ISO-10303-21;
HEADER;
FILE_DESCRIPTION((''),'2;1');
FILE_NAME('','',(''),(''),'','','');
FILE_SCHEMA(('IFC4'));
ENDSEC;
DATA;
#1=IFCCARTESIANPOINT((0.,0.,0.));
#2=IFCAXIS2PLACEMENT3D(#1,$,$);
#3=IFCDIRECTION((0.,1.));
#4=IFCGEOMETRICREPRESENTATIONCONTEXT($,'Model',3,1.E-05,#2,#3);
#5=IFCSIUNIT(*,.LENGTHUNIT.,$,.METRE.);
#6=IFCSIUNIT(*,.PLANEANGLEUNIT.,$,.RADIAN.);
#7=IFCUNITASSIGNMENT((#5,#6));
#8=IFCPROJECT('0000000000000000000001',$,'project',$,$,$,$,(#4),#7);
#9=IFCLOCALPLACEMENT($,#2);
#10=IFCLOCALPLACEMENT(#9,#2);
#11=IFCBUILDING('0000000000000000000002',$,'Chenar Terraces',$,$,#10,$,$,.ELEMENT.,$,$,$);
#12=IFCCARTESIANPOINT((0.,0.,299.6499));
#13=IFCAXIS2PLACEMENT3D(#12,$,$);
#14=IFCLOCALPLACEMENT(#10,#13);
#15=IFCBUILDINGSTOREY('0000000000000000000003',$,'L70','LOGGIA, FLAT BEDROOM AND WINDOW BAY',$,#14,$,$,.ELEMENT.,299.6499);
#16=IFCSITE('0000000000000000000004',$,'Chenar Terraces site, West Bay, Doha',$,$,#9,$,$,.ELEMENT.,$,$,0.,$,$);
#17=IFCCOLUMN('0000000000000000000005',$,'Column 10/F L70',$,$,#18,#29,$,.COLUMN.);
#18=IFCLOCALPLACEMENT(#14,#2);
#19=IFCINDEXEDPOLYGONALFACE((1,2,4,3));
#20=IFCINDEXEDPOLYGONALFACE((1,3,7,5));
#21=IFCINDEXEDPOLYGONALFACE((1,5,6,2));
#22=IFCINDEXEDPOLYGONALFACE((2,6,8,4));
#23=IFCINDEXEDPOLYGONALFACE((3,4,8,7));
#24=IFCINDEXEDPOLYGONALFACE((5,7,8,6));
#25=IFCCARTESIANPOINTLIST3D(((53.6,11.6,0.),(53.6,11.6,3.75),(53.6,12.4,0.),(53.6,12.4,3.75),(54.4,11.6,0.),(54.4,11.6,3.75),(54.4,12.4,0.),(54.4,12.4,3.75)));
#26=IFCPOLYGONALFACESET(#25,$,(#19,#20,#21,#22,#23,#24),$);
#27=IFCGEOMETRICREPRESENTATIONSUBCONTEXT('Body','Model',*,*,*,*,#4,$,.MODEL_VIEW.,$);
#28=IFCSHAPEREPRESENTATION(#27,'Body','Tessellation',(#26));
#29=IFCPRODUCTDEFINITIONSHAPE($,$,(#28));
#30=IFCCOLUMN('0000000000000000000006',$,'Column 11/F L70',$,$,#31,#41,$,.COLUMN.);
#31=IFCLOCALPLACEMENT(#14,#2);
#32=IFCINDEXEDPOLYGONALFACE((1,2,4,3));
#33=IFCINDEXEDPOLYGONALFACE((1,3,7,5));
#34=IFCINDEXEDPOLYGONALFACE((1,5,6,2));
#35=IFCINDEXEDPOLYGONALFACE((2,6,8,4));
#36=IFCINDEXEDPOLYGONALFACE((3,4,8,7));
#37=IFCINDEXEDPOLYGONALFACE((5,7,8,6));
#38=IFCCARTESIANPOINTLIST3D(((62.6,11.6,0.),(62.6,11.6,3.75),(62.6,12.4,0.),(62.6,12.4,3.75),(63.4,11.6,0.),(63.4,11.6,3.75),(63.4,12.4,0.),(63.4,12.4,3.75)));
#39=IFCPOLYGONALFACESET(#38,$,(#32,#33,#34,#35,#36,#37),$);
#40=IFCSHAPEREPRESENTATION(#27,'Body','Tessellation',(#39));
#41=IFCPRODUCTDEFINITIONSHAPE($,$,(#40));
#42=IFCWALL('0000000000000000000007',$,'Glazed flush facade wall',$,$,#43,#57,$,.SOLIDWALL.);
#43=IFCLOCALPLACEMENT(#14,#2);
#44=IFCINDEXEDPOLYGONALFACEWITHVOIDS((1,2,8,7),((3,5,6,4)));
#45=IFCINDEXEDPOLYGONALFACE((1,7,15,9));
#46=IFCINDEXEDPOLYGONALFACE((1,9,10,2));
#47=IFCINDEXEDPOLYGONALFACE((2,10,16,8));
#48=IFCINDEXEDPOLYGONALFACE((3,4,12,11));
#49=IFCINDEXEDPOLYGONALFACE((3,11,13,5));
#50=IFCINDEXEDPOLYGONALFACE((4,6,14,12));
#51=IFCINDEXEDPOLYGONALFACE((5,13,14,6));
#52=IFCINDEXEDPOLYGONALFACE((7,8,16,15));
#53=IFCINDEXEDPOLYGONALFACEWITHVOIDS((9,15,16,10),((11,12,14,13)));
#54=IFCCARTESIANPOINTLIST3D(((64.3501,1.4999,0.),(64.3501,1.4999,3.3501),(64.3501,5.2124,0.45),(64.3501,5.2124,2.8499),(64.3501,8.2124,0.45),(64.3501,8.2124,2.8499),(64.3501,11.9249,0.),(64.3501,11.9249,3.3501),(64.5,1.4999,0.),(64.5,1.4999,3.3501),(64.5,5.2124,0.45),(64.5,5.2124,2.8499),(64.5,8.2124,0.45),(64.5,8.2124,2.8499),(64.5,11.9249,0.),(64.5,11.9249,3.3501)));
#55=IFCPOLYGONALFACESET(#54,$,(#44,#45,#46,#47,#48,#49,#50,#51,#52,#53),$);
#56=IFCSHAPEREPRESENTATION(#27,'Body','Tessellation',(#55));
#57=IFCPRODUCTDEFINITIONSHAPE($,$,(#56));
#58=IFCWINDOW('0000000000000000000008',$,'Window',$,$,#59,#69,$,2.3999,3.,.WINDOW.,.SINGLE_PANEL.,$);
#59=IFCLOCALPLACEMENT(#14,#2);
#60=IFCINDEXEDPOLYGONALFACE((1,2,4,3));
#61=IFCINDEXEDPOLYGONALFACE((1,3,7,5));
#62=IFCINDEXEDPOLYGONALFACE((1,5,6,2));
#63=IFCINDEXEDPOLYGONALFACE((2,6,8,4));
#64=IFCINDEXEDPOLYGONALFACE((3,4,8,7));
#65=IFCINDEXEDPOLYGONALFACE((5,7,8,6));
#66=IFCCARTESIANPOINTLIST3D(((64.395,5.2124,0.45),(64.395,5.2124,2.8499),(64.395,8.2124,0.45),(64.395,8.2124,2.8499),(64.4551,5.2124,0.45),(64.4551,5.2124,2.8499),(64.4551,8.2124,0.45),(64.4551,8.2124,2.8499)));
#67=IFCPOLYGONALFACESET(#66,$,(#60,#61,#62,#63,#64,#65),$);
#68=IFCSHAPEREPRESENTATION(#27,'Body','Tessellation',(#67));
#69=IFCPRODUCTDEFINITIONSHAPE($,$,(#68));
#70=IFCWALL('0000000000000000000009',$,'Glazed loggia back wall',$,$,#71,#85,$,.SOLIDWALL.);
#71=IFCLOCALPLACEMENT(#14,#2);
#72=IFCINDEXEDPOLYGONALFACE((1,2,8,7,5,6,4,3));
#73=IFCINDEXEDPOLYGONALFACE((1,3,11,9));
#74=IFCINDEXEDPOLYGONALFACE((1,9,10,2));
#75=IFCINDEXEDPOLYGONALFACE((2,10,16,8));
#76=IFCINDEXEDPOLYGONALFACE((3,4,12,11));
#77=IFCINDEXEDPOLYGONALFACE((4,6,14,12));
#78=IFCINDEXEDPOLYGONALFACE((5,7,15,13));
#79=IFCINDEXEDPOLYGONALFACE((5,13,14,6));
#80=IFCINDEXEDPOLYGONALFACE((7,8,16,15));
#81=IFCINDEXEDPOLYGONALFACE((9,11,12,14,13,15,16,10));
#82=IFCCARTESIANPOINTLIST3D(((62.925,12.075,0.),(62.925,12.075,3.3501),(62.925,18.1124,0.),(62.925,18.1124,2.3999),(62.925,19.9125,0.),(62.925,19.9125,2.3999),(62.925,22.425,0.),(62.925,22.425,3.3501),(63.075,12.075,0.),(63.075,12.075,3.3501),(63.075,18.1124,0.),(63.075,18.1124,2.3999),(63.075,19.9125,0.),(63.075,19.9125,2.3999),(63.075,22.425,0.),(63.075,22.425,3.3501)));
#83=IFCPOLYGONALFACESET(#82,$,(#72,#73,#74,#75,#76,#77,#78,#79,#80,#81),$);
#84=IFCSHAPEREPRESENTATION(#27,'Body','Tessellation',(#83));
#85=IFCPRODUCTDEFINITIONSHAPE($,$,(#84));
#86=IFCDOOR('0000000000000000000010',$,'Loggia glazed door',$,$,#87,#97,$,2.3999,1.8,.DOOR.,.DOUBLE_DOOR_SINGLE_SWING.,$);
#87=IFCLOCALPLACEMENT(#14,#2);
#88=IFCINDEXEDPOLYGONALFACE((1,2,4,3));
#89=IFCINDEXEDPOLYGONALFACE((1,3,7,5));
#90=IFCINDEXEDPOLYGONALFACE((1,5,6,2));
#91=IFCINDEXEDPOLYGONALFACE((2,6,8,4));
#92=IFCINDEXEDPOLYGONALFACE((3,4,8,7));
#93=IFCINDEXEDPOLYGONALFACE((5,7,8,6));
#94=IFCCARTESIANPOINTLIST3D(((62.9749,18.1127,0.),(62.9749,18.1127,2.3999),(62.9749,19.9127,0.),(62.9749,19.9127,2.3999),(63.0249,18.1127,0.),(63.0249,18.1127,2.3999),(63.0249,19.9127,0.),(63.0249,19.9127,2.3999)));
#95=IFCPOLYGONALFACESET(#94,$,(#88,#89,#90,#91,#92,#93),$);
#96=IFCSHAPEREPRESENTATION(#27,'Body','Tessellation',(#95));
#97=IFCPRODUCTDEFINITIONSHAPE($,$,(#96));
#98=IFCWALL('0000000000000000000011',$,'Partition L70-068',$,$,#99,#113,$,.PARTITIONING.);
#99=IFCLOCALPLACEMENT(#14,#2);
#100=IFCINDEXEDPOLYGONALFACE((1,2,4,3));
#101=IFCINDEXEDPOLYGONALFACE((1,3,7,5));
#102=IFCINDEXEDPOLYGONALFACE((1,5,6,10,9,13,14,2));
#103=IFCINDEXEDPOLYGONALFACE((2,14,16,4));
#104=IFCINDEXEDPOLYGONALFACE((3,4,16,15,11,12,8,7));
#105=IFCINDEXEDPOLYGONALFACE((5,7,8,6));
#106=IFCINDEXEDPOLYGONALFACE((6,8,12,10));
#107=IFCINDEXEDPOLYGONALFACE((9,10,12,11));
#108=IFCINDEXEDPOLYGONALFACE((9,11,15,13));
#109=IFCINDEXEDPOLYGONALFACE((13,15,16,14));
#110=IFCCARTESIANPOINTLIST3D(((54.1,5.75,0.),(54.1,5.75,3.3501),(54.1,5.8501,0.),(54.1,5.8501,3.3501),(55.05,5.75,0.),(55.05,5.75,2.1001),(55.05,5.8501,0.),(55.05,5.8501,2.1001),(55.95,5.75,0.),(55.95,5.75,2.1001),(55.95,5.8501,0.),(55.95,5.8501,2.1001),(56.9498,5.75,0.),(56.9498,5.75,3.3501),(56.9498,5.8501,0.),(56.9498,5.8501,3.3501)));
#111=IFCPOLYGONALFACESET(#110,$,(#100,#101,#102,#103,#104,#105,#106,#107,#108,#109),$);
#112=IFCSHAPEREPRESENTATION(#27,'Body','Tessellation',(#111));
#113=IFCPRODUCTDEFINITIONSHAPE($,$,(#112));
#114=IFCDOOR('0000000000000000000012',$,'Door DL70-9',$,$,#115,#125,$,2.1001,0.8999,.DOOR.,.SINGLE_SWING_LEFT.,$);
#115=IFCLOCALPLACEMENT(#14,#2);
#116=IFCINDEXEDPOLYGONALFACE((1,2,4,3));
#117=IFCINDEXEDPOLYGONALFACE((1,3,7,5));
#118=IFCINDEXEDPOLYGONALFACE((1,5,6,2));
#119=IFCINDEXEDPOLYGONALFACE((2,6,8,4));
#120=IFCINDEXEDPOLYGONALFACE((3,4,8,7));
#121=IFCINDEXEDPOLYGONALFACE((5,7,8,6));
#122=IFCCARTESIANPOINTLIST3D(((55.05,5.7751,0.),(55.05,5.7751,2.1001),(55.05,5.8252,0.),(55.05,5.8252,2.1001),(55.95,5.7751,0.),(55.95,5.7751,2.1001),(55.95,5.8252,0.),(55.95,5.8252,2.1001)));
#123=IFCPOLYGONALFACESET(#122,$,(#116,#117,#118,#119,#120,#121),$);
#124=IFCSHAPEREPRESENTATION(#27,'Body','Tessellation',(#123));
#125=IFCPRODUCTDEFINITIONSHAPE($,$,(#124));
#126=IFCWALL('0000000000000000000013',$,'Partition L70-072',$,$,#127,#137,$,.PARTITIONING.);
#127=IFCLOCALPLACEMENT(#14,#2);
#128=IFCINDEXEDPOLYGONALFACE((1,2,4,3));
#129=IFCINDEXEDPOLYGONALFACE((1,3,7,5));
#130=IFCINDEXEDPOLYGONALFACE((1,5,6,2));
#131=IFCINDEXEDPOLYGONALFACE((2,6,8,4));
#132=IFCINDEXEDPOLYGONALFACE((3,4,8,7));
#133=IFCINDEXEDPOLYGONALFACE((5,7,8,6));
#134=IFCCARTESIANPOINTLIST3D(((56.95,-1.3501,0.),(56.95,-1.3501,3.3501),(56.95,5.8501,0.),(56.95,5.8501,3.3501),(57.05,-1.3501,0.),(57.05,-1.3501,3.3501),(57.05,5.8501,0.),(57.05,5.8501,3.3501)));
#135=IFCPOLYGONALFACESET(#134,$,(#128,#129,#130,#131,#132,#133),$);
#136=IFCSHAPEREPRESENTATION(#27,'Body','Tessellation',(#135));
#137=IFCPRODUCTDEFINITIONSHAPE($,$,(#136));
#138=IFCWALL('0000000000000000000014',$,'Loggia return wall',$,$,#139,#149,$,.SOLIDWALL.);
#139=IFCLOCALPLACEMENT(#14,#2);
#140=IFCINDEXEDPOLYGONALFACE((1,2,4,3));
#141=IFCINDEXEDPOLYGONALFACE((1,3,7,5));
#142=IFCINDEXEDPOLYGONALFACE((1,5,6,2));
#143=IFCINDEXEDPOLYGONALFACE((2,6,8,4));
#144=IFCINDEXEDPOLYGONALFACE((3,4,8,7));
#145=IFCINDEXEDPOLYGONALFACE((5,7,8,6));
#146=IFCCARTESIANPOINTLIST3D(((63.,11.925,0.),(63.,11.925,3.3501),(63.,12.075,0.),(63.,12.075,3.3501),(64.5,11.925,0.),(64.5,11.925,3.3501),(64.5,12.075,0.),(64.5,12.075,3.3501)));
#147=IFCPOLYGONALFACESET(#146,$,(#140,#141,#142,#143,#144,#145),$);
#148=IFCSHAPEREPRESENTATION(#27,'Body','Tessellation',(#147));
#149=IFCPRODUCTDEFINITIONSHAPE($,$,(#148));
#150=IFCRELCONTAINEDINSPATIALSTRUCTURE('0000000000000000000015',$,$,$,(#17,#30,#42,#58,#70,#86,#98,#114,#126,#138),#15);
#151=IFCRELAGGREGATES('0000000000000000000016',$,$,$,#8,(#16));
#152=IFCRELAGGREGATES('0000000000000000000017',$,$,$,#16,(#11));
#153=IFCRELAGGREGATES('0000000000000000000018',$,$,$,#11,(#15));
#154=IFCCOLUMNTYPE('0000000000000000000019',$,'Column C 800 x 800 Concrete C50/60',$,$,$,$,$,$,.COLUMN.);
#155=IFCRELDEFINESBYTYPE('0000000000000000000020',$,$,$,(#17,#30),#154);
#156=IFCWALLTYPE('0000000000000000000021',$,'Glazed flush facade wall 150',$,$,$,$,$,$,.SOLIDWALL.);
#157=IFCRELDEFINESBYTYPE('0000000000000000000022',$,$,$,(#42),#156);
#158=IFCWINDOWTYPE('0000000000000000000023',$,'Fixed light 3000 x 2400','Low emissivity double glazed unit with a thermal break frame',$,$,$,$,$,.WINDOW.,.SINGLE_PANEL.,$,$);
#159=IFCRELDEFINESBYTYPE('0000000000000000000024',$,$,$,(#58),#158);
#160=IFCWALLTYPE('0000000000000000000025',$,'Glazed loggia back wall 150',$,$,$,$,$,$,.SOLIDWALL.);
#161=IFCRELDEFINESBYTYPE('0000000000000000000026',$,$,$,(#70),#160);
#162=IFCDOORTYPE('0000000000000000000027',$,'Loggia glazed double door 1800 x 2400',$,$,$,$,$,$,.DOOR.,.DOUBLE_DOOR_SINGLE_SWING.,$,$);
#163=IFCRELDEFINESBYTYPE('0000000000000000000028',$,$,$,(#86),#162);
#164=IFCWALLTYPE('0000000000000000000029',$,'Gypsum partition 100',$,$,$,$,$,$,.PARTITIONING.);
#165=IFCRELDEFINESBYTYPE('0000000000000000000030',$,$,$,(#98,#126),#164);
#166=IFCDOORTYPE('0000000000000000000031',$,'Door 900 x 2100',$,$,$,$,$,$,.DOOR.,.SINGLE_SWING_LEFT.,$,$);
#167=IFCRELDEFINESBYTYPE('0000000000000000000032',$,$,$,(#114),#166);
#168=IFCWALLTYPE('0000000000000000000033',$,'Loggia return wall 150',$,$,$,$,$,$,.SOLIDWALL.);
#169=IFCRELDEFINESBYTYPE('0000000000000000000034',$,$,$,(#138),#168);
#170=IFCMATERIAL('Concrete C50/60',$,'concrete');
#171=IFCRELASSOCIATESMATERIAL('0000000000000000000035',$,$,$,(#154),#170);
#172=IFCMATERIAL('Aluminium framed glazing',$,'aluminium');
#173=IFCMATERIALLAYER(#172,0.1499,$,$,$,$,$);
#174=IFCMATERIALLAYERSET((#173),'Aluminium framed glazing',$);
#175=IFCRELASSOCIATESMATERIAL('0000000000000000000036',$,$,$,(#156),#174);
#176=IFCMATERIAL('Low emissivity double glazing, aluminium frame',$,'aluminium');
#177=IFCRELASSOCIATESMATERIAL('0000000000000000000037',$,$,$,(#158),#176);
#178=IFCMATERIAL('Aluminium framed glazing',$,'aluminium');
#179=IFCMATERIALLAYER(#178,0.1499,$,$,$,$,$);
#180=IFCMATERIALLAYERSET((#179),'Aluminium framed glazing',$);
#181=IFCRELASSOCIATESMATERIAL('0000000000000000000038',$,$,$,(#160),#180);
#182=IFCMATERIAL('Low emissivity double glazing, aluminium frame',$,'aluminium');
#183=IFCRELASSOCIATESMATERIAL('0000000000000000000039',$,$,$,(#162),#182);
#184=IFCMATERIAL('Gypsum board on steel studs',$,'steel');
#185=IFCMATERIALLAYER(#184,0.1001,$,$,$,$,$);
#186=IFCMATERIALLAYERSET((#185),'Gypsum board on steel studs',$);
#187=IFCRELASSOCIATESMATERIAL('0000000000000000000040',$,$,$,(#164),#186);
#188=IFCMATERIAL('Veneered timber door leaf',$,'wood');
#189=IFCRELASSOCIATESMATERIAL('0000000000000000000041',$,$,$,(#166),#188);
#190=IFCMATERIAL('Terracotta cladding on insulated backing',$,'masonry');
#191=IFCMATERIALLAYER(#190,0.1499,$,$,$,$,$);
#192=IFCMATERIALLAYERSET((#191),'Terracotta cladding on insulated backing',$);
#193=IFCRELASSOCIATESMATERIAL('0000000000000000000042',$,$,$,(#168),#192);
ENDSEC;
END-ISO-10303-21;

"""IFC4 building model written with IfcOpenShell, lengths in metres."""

from ifc_helpers import new_model, si_unit, direction, frame, frame_2d, origin, origin_2d, place, context, subcontext, project, spatial, rectangle, extrude, material, layer, layer_set, material_profile, profile_set, type_object, element, fill, save


model = new_model("IFC4")

# Units and contexts
model_context = context("Model", 3, precision=1e-05, world=origin(), true_north=direction((0.0, 1.0)))
body_context = subcontext(model_context, "Body", "Model", "MODEL_VIEW")
ifc_project = project(units=[si_unit("LENGTHUNIT", "METRE"), si_unit("PLANEANGLEUNIT", "RADIAN")], contexts=[model_context])

# Site, building, storey
site_placement = place(None, origin())
site = spatial("IfcSite", under=ifc_project, at=site_placement, Name="Chenar Terraces site, West Bay, Doha", CompositionType="ELEMENT", RefElevation=0.0)
building_placement = place(site_placement, origin())
building = spatial("IfcBuilding", under=site, at=building_placement, Name="Chenar Terraces", CompositionType="ELEMENT")
storey_placement = place(building_placement, frame((0.0, 0.0, 299.6499)))
storey = spatial("IfcBuildingStorey", under=building, at=storey_placement, Name="L70", Description="LOGGIA, FLAT BEDROOM AND WINDOW BAY", CompositionType="ELEMENT", Elevation=299.6499)

# Columns
ifc_material_1 = material(Name="Concrete C50/60", Category="concrete")
ifc_material_profile = material_profile(ifc_material_1, rectangle(XDim=0.8, YDim=0.8, at=origin_2d()), Name="C 800 x 800")
ifc_profile_set = profile_set([ifc_material_profile], Name="Concrete C50/60")
column_type = type_object("IfcColumnType", Name="Column C 800 x 800 Concrete C50/60", PredefinedType="COLUMN", material=ifc_profile_set)
for number, where, z_axis, x_axis, name in (
    (1, (54.0, 12.0, 0.0), (0.0, 0.0, 1.0), (1.0, 0.0, 0.0), "Column 10/F L70"),
    (2, (63.0, 12.0, 0.0), (0.0, 0.0, 1.0), (1.0, 0.0, 0.0), "Column 11/F L70"),
):
    element("IfcColumn", number, at=place(storey_placement, frame(where, z_axis=z_axis, x_axis=x_axis)), inside=storey, type_object=column_type, Name=name, PredefinedType="COLUMN", context=body_context, shape_type="SweptSolid", body=[
        extrude(rectangle(XDim=0.8, YDim=0.8, at=origin_2d()), origin(), (0.0, 0.0, 1.0), 3.75),
    ])

# Wall, opening, window
ifc_material_2 = material(Name="Aluminium framed glazing", Category="aluminium")
ifc_layer_1 = layer(ifc_material_2, 0.1499)
ifc_layer_set_1 = layer_set([ifc_layer_1], Name="Aluminium framed glazing")
wall_type_1 = type_object("IfcWallType", Name="Glazed flush facade wall 150", PredefinedType="SOLIDWALL", material=ifc_layer_set_1)
wall_1_placement = place(storey_placement, frame((64.425, 1.5, 0.0), z_axis=(0.0, 0.0, 1.0), x_axis=(0.0, 1.0, 0.0)))
wall_1 = element("IfcWall", 3, at=wall_1_placement, inside=storey, type_object=wall_type_1, Name="Glazed flush facade wall", PredefinedType="SOLIDWALL", context=body_context, shape_type="SweptSolid", body=[
    extrude(rectangle(XDim=10.425, YDim=0.1499, at=frame_2d((5.2124, 0.0))), origin(), (0.0, 0.0, 1.0), 3.3501),
])
opening_1_placement = place(wall_1_placement, frame((3.7124, 0.0, 0.45)))
opening_1 = element("IfcOpeningElement", 4, at=opening_1_placement, cuts=wall_1, PredefinedType="OPENING", context=body_context, shape_type="SweptSolid", body=[
    extrude(rectangle(XDim=3.0, YDim=2.3999, at=frame_2d((1.5, 1.2))), frame((0.0, 0.085, 0.0), z_axis=(0.0, -1.0, 0.0), x_axis=(1.0, 0.0, 0.0)), (0.0, 0.0, 1.0), 0.1699),
])
ifc_material_3 = material(Name="Low emissivity double glazing, aluminium frame", Category="aluminium")
window_type = type_object("IfcWindowType", Name="Fixed light 3000 x 2400", Description="Low emissivity double glazed unit with a thermal break frame", PartitioningType="SINGLE_PANEL", PredefinedType="WINDOW", material=ifc_material_3)
window_1_placement = place(opening_1_placement, origin())
window_1 = element("IfcWindow", 5, at=window_1_placement, inside=storey, type_object=window_type, Name="Window", OverallHeight=2.3999, OverallWidth=3.0, PartitioningType="SINGLE_PANEL", PredefinedType="WINDOW", context=body_context, shape_type="SweptSolid", body=[
    extrude(rectangle(XDim=3.0, YDim=2.3999, at=frame_2d((1.5, 1.2))), frame((0.0, 0.03, 0.0), z_axis=(0.0, -1.0, 0.0), x_axis=(1.0, 0.0, 0.0)), (0.0, 0.0, 1.0), 0.0601),
])
fill(opening_1, window_1)

# Walls, openings, doors
ifc_material_4 = material(Name="Aluminium framed glazing", Category="aluminium")
ifc_layer_2 = layer(ifc_material_4, 0.1499)
ifc_layer_set_2 = layer_set([ifc_layer_2], Name="Aluminium framed glazing")
wall_type_2 = type_object("IfcWallType", Name="Glazed loggia back wall 150", PredefinedType="SOLIDWALL", material=ifc_layer_set_2)
wall_2_placement = place(storey_placement, frame((63.0, 12.075, 0.0), z_axis=(0.0, 0.0, 1.0), x_axis=(0.0, 1.0, 0.0)))
wall_2 = element("IfcWall", 6, at=wall_2_placement, inside=storey, type_object=wall_type_2, Name="Glazed loggia back wall", PredefinedType="SOLIDWALL", context=body_context, shape_type="SweptSolid", body=[
    extrude(rectangle(XDim=10.3501, YDim=0.1499, at=frame_2d((5.175, 0.0))), origin(), (0.0, 0.0, 1.0), 3.3501),
])
opening_2_placement = place(wall_2_placement, frame((6.0376, 0.0, 0.0)))
opening_2 = element("IfcOpeningElement", 7, at=opening_2_placement, cuts=wall_2, PredefinedType="OPENING", context=body_context, shape_type="SweptSolid", body=[
    extrude(rectangle(XDim=1.8, YDim=2.3999, at=frame_2d((0.8999, 1.2))), frame((0.0, 0.085, 0.0), z_axis=(0.0, -1.0, 0.0), x_axis=(1.0, 0.0, 0.0)), (0.0, 0.0, 1.0), 0.1699),
])
ifc_material_5 = material(Name="Low emissivity double glazing, aluminium frame", Category="aluminium")
door_type_1 = type_object("IfcDoorType", Name="Loggia glazed double door 1800 x 2400", OperationType="DOUBLE_DOOR_SINGLE_SWING", PredefinedType="DOOR", material=ifc_material_5)
door_1_placement = place(opening_2_placement, frame((1.8, 0.0, 0.0), z_axis=(0.0, 0.0, 1.0), x_axis=(-1.0, 0.0, 0.0)))
door_1 = element("IfcDoor", 8, at=door_1_placement, inside=storey, type_object=door_type_1, Name="Loggia glazed door", OperationType="DOUBLE_DOOR_SINGLE_SWING", OverallHeight=2.3999, OverallWidth=1.8, PredefinedType="DOOR", context=body_context, shape_type="SweptSolid", body=[
    extrude(rectangle(XDim=1.8, YDim=2.3999, at=frame_2d((0.8999, 1.2))), frame((0.0, 0.0249, 0.0), z_axis=(0.0, -1.0, 0.0), x_axis=(1.0, 0.0, 0.0)), (0.0, 0.0, 1.0), 0.05),
])
fill(opening_2, door_1)
ifc_material_6 = material(Name="Gypsum board on steel studs", Category="steel")
ifc_layer_3 = layer(ifc_material_6, 0.1001)
ifc_layer_set_3 = layer_set([ifc_layer_3], Name="Gypsum board on steel studs")
wall_type_3 = type_object("IfcWallType", Name="Gypsum partition 100", PredefinedType="PARTITIONING", material=ifc_layer_set_3)
wall_3_placement = place(storey_placement, frame((54.1001, 5.8, 0.0), z_axis=(0.0, 0.0, 1.0), x_axis=(1.0, 0.0, 0.0)))
wall_3 = element("IfcWall", 9, at=wall_3_placement, inside=storey, type_object=wall_type_3, Name="Partition L70-068", PredefinedType="PARTITIONING", context=body_context, shape_type="SweptSolid", body=[
    extrude(rectangle(XDim=2.8499, YDim=0.1001, at=frame_2d((1.4248, 0.0))), origin(), (0.0, 0.0, 1.0), 3.3501),
])
opening_3_placement = place(wall_3_placement, frame((0.95, 0.0, 0.0)))
opening_3 = element("IfcOpeningElement", 10, at=opening_3_placement, cuts=wall_3, PredefinedType="OPENING", context=body_context, shape_type="SweptSolid", body=[
    extrude(rectangle(XDim=0.8999, YDim=2.1001, at=frame_2d((0.45, 1.05))), frame((0.0, 0.0601, 0.0), z_axis=(0.0, -1.0, 0.0), x_axis=(1.0, 0.0, 0.0)), (0.0, 0.0, 1.0), 0.1201),
])
ifc_material_7 = material(Name="Veneered timber door leaf", Category="wood")
door_type_2 = type_object("IfcDoorType", Name="Door 900 x 2100", OperationType="SINGLE_SWING_LEFT", PredefinedType="DOOR", material=ifc_material_7)
door_2_placement = place(opening_3_placement, frame((0.8999, 0.0, 0.0), z_axis=(0.0, 0.0, 1.0), x_axis=(-1.0, 0.0, 0.0)))
door_2 = element("IfcDoor", 11, at=door_2_placement, inside=storey, type_object=door_type_2, Name="Door DL70-9", OperationType="SINGLE_SWING_LEFT", OverallHeight=2.1001, OverallWidth=0.8999, PredefinedType="DOOR", context=body_context, shape_type="SweptSolid", body=[
    extrude(rectangle(XDim=0.8999, YDim=2.1001, at=frame_2d((0.45, 1.05))), frame((0.0, 0.0249, 0.0), z_axis=(0.0, -1.0, 0.0), x_axis=(1.0, 0.0, 0.0)), (0.0, 0.0, 1.0), 0.05),
])
fill(opening_3, door_2)

# Walls
wall_4_placement = place(storey_placement, frame((57.0, -1.3501, 0.0), z_axis=(0.0, 0.0, 1.0), x_axis=(0.0, 1.0, 0.0)))
element("IfcWall", 12, at=wall_4_placement, inside=storey, type_object=wall_type_3, Name="Partition L70-072", PredefinedType="PARTITIONING", context=body_context, shape_type="SweptSolid", body=[
    extrude(rectangle(XDim=7.2002, YDim=0.1001, at=frame_2d((3.6001, 0.0))), origin(), (0.0, 0.0, 1.0), 3.3501),
])
ifc_material_8 = material(Name="Terracotta cladding on insulated backing", Category="masonry")
ifc_layer_4 = layer(ifc_material_8, 0.1499)
ifc_layer_set_4 = layer_set([ifc_layer_4], Name="Terracotta cladding on insulated backing")
wall_type_4 = type_object("IfcWallType", Name="Loggia return wall 150", PredefinedType="SOLIDWALL", material=ifc_layer_set_4)
wall_5_placement = place(storey_placement, frame((64.5, 12.0, 0.0), z_axis=(0.0, 0.0, 1.0), x_axis=(-1.0, 0.0, 0.0)))
element("IfcWall", 13, at=wall_5_placement, inside=storey, type_object=wall_type_4, Name="Loggia return wall", PredefinedType="SOLIDWALL", context=body_context, shape_type="SweptSolid", body=[
    extrude(rectangle(XDim=1.5, YDim=0.1499, at=frame_2d((0.75, 0.0))), origin(), (0.0, 0.0, 1.0), 3.3501),
])

save(model, "model.ifc")
